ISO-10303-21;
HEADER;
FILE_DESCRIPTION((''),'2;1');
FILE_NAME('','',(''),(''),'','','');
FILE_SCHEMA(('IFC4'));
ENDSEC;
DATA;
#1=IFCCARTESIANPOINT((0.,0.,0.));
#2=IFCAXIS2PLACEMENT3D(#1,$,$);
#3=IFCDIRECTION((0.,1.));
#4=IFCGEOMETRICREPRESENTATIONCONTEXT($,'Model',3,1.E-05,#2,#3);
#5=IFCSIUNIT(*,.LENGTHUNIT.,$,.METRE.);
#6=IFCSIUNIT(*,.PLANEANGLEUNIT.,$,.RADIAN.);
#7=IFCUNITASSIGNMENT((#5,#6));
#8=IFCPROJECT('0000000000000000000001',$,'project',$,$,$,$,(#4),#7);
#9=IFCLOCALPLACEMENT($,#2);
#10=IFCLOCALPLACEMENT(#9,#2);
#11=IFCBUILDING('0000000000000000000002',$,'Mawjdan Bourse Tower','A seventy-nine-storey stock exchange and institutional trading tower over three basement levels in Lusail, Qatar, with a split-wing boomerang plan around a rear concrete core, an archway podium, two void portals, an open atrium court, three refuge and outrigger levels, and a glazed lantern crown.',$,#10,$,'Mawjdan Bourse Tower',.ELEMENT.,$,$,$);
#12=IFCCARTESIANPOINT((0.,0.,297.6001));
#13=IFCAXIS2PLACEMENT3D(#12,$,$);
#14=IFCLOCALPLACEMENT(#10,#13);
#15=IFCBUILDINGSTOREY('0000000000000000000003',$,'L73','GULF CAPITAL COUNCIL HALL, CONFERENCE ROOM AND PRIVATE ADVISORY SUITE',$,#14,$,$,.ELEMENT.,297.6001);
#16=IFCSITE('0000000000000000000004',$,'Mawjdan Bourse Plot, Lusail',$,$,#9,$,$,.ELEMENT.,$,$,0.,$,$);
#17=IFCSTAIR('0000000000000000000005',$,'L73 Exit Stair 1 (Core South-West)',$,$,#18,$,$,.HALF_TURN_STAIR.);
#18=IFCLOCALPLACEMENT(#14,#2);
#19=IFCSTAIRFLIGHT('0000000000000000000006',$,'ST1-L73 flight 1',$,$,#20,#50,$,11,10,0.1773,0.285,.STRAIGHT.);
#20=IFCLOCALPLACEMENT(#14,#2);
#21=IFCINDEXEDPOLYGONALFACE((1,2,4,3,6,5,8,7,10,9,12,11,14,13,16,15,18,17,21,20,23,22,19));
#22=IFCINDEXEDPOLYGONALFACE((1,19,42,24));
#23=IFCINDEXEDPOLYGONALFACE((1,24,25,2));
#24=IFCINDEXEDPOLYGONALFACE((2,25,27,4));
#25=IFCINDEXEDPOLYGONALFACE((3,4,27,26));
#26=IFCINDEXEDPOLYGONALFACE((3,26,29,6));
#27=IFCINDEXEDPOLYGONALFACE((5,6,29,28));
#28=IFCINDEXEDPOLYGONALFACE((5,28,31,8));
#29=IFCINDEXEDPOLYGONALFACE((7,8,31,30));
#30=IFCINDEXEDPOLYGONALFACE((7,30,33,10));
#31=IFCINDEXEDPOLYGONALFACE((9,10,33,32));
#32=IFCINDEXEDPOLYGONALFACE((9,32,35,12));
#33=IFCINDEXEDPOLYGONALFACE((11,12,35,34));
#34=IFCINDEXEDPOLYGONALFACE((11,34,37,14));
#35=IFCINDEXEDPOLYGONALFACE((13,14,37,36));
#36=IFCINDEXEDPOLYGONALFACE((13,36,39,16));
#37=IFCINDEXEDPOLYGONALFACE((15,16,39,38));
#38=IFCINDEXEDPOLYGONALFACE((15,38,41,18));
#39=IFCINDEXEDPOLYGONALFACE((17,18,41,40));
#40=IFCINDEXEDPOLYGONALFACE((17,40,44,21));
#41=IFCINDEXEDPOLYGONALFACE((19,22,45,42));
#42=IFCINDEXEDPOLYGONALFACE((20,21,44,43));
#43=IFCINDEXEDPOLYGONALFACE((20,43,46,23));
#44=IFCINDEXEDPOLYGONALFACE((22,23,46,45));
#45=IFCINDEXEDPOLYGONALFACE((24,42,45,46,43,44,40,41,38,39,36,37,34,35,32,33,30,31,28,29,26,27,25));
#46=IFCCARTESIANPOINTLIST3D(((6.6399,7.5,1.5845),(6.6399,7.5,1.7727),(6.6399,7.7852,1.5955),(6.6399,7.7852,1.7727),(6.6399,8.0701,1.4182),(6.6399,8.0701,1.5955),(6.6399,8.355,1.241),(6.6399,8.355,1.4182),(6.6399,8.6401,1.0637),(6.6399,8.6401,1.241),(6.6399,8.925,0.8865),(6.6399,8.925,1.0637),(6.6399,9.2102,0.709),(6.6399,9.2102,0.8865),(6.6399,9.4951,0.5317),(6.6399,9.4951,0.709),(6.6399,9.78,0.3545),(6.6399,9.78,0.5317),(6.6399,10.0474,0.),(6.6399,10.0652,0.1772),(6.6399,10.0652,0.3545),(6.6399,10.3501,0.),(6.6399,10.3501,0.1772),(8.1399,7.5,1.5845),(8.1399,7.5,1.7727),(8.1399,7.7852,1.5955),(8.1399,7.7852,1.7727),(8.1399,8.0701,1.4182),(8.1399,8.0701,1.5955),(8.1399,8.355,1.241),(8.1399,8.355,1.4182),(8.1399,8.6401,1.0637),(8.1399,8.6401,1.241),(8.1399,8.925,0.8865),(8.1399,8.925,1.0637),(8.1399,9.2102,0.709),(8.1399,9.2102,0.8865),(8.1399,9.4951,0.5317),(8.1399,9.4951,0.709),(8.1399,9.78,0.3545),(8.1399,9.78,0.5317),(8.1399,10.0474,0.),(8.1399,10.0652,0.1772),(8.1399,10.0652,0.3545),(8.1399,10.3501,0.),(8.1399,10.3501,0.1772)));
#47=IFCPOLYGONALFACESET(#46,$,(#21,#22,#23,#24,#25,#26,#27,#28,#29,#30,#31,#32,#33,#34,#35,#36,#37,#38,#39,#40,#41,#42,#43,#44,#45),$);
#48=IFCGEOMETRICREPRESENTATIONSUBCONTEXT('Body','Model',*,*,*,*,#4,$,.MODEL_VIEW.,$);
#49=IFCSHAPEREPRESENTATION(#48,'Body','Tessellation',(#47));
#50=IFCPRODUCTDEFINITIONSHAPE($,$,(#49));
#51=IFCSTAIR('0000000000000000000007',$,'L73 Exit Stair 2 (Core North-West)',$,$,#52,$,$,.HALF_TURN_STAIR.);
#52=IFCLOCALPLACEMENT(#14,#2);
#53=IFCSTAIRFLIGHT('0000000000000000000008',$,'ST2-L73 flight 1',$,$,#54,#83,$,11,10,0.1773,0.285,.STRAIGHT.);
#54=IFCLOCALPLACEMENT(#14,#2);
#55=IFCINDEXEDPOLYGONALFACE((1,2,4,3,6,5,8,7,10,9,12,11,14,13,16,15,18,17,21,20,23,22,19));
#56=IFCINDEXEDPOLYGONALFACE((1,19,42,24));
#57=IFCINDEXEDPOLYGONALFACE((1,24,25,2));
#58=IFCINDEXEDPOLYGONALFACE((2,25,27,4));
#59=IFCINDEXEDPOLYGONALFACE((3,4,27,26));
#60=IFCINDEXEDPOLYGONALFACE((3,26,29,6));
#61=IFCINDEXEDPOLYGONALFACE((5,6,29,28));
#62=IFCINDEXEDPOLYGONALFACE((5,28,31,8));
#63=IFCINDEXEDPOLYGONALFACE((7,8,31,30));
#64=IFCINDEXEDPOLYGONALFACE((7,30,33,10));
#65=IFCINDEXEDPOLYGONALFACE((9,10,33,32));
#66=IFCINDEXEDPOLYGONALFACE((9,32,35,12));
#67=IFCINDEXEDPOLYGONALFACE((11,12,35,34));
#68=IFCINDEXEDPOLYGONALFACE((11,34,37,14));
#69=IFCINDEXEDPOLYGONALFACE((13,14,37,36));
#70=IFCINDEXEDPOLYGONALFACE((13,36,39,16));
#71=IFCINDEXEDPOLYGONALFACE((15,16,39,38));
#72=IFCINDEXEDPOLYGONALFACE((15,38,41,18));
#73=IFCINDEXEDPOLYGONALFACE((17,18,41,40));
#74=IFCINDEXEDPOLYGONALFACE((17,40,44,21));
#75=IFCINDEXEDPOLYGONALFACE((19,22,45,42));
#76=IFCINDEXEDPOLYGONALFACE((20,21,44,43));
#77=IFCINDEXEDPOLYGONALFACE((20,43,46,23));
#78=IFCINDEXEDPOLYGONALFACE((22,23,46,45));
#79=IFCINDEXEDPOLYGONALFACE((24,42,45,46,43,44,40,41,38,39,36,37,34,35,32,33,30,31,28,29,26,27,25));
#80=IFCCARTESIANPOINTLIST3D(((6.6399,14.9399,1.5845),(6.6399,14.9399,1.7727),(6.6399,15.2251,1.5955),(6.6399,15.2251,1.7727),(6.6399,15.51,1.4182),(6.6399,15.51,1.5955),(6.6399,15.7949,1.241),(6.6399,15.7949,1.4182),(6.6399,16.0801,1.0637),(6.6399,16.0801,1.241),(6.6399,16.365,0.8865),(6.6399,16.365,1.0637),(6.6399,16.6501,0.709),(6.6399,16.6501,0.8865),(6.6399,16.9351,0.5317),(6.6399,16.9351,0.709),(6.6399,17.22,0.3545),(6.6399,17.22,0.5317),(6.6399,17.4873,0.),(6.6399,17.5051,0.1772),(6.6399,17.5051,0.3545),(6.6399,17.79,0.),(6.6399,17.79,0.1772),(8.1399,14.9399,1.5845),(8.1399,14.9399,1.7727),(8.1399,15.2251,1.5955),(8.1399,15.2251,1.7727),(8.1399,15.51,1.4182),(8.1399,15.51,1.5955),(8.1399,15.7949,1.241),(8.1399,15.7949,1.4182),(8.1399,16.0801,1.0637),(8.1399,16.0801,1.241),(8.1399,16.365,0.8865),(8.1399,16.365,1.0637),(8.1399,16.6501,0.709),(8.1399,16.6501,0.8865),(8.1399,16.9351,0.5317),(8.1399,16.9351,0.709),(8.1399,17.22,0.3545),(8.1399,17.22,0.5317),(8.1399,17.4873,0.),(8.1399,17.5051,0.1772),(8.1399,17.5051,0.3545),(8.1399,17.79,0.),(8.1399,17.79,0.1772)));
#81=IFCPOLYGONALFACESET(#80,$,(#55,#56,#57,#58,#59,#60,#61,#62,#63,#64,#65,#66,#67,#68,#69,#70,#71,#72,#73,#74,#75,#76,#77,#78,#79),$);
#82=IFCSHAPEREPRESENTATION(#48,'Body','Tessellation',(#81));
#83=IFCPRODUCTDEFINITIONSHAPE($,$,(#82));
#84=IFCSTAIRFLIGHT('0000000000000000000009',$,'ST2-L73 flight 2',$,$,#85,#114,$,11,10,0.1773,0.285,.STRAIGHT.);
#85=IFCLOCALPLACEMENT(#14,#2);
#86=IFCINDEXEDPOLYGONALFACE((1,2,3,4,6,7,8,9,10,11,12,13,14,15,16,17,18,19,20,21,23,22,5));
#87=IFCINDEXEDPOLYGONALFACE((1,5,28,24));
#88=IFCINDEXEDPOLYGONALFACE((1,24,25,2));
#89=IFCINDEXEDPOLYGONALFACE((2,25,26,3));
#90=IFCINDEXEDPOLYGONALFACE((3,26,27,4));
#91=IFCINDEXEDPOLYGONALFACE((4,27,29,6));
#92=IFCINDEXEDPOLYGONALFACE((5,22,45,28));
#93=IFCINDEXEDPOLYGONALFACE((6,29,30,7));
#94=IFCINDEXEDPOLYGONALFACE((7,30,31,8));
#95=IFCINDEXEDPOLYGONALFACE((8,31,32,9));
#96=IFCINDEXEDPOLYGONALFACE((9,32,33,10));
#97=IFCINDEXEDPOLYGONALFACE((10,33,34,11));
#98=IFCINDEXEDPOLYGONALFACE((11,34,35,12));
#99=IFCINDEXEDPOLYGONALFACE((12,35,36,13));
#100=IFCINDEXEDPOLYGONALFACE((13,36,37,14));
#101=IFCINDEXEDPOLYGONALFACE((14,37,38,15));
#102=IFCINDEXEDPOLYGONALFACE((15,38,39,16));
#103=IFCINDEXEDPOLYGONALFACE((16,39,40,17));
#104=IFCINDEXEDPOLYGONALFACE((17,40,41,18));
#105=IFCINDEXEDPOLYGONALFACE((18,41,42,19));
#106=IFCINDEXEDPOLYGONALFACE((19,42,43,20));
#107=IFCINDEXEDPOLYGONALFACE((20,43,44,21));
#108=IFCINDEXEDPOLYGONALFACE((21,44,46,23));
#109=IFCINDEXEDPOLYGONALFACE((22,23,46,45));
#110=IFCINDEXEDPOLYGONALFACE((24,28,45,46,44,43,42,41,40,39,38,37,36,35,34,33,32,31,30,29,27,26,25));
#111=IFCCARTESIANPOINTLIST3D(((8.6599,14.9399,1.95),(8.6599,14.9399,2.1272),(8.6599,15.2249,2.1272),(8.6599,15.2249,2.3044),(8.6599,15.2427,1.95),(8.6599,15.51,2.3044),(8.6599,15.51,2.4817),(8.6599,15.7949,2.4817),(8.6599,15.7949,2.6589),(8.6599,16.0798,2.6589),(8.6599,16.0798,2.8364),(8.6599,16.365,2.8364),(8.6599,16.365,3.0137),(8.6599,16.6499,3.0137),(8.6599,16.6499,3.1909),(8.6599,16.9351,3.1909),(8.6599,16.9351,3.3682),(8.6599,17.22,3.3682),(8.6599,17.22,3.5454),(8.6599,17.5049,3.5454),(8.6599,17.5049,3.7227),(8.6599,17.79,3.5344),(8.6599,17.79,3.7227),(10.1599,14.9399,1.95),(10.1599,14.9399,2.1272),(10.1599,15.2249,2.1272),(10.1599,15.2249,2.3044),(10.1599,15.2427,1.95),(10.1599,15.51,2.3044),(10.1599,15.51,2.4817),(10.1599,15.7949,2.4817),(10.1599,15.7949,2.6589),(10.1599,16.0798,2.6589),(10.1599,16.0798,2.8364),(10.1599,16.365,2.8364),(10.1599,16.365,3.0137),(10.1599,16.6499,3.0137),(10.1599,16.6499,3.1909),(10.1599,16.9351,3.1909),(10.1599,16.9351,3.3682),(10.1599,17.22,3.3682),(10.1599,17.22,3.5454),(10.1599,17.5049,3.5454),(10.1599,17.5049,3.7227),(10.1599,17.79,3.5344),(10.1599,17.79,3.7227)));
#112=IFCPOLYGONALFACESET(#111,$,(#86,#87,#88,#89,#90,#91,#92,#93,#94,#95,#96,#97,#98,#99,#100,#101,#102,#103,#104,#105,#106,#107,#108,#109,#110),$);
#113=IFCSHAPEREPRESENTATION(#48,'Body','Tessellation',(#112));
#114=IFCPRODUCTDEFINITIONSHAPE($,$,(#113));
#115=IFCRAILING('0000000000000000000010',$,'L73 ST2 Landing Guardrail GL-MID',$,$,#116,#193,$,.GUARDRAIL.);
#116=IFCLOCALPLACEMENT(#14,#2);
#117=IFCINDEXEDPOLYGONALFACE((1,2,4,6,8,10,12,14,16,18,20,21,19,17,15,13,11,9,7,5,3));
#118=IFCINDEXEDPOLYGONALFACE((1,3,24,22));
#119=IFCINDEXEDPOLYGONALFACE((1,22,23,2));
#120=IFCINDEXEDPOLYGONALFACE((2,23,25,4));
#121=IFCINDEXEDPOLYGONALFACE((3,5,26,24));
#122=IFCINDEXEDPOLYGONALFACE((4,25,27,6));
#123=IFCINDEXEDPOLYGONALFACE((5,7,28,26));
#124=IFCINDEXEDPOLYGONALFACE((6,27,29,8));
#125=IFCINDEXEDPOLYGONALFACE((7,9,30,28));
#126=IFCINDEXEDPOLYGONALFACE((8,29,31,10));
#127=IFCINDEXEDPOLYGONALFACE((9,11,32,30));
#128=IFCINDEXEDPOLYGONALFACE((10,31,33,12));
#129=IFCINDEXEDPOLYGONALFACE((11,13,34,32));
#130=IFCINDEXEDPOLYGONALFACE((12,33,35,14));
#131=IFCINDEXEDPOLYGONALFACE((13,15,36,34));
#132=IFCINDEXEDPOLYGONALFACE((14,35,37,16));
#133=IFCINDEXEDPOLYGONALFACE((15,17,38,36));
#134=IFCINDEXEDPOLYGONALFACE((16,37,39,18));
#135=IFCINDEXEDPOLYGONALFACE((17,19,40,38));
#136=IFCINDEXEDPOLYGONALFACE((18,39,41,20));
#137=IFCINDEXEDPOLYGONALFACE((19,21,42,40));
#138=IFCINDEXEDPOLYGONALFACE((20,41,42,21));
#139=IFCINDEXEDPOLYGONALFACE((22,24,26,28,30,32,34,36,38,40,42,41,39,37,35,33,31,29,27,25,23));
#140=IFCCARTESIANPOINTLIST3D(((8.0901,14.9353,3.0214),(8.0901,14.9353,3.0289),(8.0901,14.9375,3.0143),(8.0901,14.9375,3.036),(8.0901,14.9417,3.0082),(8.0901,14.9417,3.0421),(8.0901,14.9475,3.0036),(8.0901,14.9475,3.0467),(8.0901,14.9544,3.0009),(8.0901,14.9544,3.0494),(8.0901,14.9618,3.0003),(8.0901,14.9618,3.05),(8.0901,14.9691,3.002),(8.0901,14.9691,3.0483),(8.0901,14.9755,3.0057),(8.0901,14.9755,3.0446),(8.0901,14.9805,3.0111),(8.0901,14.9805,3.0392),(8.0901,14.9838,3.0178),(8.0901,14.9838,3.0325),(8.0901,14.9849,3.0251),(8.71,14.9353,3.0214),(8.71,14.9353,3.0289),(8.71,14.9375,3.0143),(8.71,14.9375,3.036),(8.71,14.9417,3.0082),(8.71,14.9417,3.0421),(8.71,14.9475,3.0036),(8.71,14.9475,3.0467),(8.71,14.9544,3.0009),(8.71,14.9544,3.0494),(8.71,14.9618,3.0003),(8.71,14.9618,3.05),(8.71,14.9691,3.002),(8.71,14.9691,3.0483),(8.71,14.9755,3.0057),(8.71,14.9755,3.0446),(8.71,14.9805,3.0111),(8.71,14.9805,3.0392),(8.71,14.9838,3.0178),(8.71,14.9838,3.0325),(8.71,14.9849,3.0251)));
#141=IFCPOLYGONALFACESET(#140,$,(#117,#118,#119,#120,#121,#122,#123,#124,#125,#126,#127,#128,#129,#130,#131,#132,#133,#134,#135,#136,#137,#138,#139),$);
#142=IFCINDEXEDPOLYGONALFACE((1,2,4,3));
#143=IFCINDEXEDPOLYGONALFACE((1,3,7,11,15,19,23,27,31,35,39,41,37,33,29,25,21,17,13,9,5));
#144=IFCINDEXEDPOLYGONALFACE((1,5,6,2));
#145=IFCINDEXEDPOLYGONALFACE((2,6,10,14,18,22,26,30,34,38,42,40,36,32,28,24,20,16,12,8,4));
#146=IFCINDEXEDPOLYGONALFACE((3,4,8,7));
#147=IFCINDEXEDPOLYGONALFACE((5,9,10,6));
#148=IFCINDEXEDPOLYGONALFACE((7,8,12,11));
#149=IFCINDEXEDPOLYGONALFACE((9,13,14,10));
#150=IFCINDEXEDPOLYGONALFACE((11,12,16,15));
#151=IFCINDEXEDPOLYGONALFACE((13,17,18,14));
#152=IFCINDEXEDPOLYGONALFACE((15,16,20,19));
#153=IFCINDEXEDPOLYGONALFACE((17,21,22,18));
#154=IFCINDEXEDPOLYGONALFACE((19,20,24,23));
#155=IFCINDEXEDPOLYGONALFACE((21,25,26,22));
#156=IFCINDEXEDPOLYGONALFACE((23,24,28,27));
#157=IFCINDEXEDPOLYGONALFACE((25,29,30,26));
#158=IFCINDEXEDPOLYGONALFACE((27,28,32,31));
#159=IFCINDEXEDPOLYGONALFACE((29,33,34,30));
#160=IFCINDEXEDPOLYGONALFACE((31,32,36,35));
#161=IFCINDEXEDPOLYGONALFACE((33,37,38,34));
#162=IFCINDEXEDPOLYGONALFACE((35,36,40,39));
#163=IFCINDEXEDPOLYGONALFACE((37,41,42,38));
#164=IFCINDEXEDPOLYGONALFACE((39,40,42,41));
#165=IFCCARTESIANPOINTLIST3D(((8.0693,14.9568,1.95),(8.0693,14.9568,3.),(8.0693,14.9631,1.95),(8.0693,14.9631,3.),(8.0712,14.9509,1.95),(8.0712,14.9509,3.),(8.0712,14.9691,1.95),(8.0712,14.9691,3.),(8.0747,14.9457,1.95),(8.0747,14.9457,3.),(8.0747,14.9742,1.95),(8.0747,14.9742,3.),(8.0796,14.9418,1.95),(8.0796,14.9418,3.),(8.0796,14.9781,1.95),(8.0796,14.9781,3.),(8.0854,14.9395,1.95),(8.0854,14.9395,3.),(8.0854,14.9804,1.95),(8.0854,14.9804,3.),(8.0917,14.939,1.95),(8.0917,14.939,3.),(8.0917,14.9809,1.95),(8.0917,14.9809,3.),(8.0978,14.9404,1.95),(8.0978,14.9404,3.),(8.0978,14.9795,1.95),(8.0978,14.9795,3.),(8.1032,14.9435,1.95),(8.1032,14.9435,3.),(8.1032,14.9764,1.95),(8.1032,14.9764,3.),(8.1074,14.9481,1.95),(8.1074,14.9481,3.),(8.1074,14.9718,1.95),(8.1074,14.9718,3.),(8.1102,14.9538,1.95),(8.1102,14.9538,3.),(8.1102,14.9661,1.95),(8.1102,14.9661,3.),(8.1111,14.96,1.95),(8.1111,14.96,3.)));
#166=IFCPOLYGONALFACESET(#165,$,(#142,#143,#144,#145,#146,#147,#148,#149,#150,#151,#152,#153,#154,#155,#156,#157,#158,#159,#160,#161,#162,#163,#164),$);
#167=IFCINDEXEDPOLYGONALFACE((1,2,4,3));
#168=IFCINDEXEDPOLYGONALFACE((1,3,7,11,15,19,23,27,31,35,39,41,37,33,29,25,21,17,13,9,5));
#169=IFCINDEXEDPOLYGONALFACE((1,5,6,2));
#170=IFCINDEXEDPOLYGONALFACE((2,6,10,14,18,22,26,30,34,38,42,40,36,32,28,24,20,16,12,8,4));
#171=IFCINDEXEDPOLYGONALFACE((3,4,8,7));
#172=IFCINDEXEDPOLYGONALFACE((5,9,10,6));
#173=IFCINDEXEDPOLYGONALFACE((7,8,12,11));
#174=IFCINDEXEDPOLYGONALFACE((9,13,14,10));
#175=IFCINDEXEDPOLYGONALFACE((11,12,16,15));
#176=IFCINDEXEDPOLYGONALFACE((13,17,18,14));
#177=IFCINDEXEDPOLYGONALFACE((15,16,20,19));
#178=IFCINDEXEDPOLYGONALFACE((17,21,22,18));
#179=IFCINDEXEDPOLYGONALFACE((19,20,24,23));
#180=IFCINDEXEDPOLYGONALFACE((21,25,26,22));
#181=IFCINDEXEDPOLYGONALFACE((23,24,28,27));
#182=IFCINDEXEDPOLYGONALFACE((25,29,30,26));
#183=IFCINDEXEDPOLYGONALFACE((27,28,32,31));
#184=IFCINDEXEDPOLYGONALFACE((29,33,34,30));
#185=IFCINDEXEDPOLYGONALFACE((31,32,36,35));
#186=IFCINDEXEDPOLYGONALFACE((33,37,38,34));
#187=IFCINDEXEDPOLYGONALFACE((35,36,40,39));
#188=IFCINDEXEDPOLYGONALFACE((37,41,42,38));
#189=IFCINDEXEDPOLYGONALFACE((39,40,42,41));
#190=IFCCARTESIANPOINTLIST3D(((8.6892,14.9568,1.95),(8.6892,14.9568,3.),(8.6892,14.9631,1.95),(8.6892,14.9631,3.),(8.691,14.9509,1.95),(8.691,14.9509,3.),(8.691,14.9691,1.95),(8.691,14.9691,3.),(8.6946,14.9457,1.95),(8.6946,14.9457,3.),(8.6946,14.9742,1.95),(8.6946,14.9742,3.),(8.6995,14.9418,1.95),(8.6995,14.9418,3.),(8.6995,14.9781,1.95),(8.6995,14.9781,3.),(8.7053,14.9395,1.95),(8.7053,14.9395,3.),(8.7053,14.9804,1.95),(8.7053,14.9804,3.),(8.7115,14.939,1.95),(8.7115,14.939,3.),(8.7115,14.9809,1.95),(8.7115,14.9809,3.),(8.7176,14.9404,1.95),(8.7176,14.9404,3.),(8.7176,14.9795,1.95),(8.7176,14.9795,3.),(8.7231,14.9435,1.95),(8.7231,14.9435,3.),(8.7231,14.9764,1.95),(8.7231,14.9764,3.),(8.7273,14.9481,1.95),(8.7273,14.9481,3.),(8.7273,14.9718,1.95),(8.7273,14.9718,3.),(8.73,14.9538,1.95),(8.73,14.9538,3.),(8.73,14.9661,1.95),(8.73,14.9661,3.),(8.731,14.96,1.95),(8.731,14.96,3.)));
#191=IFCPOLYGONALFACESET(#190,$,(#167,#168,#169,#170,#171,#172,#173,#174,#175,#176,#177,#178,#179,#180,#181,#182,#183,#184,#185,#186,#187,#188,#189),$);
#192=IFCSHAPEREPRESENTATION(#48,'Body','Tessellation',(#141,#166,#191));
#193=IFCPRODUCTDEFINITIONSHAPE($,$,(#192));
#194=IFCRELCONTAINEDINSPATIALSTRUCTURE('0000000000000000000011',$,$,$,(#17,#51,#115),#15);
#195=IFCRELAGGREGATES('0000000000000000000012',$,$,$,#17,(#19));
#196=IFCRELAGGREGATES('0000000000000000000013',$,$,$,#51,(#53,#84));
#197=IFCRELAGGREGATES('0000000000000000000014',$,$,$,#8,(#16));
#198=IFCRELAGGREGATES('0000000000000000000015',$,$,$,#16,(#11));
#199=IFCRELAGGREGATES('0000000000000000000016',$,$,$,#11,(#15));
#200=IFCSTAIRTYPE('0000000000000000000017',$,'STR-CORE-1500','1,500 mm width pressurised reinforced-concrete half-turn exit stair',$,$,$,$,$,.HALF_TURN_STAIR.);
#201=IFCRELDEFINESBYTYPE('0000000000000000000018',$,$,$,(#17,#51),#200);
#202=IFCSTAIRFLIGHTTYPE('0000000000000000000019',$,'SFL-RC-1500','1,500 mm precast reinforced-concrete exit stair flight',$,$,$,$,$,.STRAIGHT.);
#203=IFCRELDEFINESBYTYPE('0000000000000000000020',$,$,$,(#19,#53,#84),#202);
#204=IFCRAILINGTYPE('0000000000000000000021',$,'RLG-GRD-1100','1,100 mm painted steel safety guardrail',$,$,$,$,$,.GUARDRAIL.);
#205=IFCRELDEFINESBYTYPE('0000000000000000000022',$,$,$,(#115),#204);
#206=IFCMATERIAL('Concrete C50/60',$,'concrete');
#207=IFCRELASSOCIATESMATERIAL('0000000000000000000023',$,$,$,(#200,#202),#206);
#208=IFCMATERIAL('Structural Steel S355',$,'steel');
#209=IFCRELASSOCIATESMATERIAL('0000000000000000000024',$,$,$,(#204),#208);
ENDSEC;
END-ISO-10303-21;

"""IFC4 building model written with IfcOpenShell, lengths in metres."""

from ifc_helpers import new_model, si_unit, direction, frame, origin, origin_2d, place, context, subcontext, project, spatial, polyline, circle, outline, extrude, material, type_object, element, aggregate, save


model = new_model("IFC4")

# Units and contexts
model_context = context("Model", 3, precision=1e-05, world=origin(), true_north=direction((0.0, 1.0)))
body_context = subcontext(model_context, "Body", "Model", "MODEL_VIEW")
ifc_project = project(units=[si_unit("LENGTHUNIT", "METRE"), si_unit("PLANEANGLEUNIT", "RADIAN")], contexts=[model_context])

# Site, building, storey
site_placement = place(None, origin())
site = spatial("IfcSite", under=ifc_project, at=site_placement, Name="Mawjdan Bourse Plot, Lusail", CompositionType="ELEMENT", RefElevation=0.0)
building_placement = place(site_placement, origin())
building = spatial("IfcBuilding", under=site, at=building_placement, Name="Mawjdan Bourse Tower", Description="A seventy-nine-storey stock exchange and institutional trading tower over three basement levels in Lusail, Qatar, with a split-wing boomerang plan around a rear concrete core, an archway podium, two void portals, an open atrium court, three refuge and outrigger levels, and a glazed lantern crown.", LongName="Mawjdan Bourse Tower", CompositionType="ELEMENT")
storey_placement = place(building_placement, frame((0.0, 0.0, 297.6001)))
storey = spatial("IfcBuildingStorey", under=building, at=storey_placement, Name="L73", Description="GULF CAPITAL COUNCIL HALL, CONFERENCE ROOM AND PRIVATE ADVISORY SUITE", CompositionType="ELEMENT", Elevation=297.6001)

# Shared definitions
ifc_material_1 = material(Name="Concrete C50/60", Category="concrete")

# Stair, stair flight
stair_type = type_object("IfcStairType", Name="STR-CORE-1500", Description="1,500 mm width pressurised reinforced-concrete half-turn exit stair", PredefinedType="HALF_TURN_STAIR", material=ifc_material_1)
stair_1_placement = place(storey_placement, origin())
stair_1 = element("IfcStair", 1, at=stair_1_placement, inside=storey, type_object=stair_type, Name="L73 Exit Stair 1 (Core South-West)", PredefinedType="HALF_TURN_STAIR")
stair_flight_type = type_object("IfcStairFlightType", Name="SFL-RC-1500", Description="1,500 mm precast reinforced-concrete exit stair flight", PredefinedType="STRAIGHT", material=ifc_material_1)
stair_flight_1_placement = place(storey_placement, frame((7.3899, 10.3501, 0.0), z_axis=(0.0, 0.0, 1.0), x_axis=(0.0, -1.0, 0.0)))
stair_flight_1 = element("IfcStairFlight", 2, at=stair_flight_1_placement, type_object=stair_flight_type, Name="ST1-L73 flight 1", NumberOfRisers=11, NumberOfTreads=10, PredefinedType="STRAIGHT", RiserHeight=0.1773, TreadLength=0.285, context=body_context, shape_type="SweptSolid", body=[
    extrude(outline(polyline([(0.0, 0.0), (0.0, 0.1772), (0.2849, 0.1772), (0.2849, 0.3545), (0.5701, 0.3545), (0.5701, 0.5317), (0.855, 0.5317), (0.855, 0.709), (1.1399, 0.709), (1.1399, 0.8865), (1.425, 0.8865), (1.425, 1.0637), (1.71, 1.0637), (1.71, 1.241), (1.9951, 1.241), (1.9951, 1.4182), (2.28, 1.4182), (2.28, 1.5955), (2.5649, 1.5955), (2.5649, 1.7727), (2.8501, 1.7727), (2.8501, 1.95), (2.8501, 1.5845), (0.3027, 0.0), (0.0, 0.0)])), frame((0.0, 0.75, 0.0), z_axis=(0.0, -1.0, 0.0), x_axis=(1.0, 0.0, 0.0)), (0.0, 0.0, 1.0), 1.5),
])
aggregate(stair_1, [stair_flight_1])

# Stair, stair flights
stair_2_placement = place(storey_placement, origin())
stair_2 = element("IfcStair", 3, at=stair_2_placement, inside=storey, type_object=stair_type, Name="L73 Exit Stair 2 (Core North-West)", PredefinedType="HALF_TURN_STAIR")
stair_flight_2_placement = place(storey_placement, frame((7.3899, 17.79, 0.0), z_axis=(0.0, 0.0, 1.0), x_axis=(0.0, -1.0, 0.0)))
stair_flight_2 = element("IfcStairFlight", 4, at=stair_flight_2_placement, type_object=stair_flight_type, Name="ST2-L73 flight 1", NumberOfRisers=11, NumberOfTreads=10, PredefinedType="STRAIGHT", RiserHeight=0.1773, TreadLength=0.285, context=body_context, shape_type="SweptSolid", body=[
    extrude(outline(polyline([(0.0, 0.0), (0.0, 0.1772), (0.2849, 0.1772), (0.2849, 0.3545), (0.5701, 0.3545), (0.5701, 0.5317), (0.855, 0.5317), (0.855, 0.709), (1.1399, 0.709), (1.1399, 0.8865), (1.425, 0.8865), (1.425, 1.0637), (1.71, 1.0637), (1.71, 1.241), (1.9951, 1.241), (1.9951, 1.4182), (2.28, 1.4182), (2.28, 1.5955), (2.5649, 1.5955), (2.5649, 1.7727), (2.8501, 1.7727), (2.8501, 1.95), (2.8501, 1.5845), (0.3027, 0.0), (0.0, 0.0)])), frame((0.0, 0.75, 0.0), z_axis=(0.0, -1.0, 0.0), x_axis=(1.0, 0.0, 0.0)), (0.0, 0.0, 1.0), 1.5),
])
stair_flight_3_placement = place(storey_placement, frame((9.4099, 14.9399, 1.95), z_axis=(0.0, 0.0, 1.0), x_axis=(0.0, 1.0, 0.0)))
stair_flight_3 = element("IfcStairFlight", 5, at=stair_flight_3_placement, type_object=stair_flight_type, Name="ST2-L73 flight 2", NumberOfRisers=11, NumberOfTreads=10, PredefinedType="STRAIGHT", RiserHeight=0.1773, TreadLength=0.285, context=body_context, shape_type="SweptSolid", body=[
    extrude(outline(polyline([(0.0, 0.0), (0.0, 0.1772), (0.2849, 0.1772), (0.2849, 0.3545), (0.5701, 0.3545), (0.5701, 0.5317), (0.855, 0.5317), (0.855, 0.709), (1.1399, 0.709), (1.1399, 0.8865), (1.425, 0.8865), (1.425, 1.0637), (1.71, 1.0637), (1.71, 1.241), (1.9951, 1.241), (1.9951, 1.4182), (2.28, 1.4182), (2.28, 1.5955), (2.5649, 1.5955), (2.5649, 1.7727), (2.8501, 1.7727), (2.8501, 1.95), (2.8501, 1.5845), (0.3027, 0.0), (0.0, 0.0)])), frame((0.0, 0.75, 0.0), z_axis=(0.0, -1.0, 0.0), x_axis=(1.0, 0.0, 0.0)), (0.0, 0.0, 1.0), 1.5),
])
aggregate(stair_2, [stair_flight_2, stair_flight_3])

# Railing
ifc_material_2 = material(Name="Structural Steel S355", Category="steel")
railing_type_1 = type_object("IfcRailingType", Name="RLG-GRD-1100", Description="1,100 mm painted steel safety guardrail", PredefinedType="GUARDRAIL", material=ifc_material_2)
for number, where, name in (
    (6, (8.0901, 14.96, 1.95), "L73 ST2 Landing Guardrail GL-MID"),
):
    element("IfcRailing", number, at=place(storey_placement, frame(where)), inside=storey, type_object=railing_type_1, Name=name, PredefinedType="GUARDRAIL", context=body_context, shape_type="SweptSolid", body=[
        extrude(circle(Radius=0.0249, at=origin_2d()), frame((0.0, 0.0, 1.0752), z_axis=(1.0, 0.0, 0.0), x_axis=(0.0, 1.0, 0.0)), (0.0, 0.0, 1.0), 0.6199),
        extrude(circle(Radius=0.021, at=origin_2d()), origin(), (0.0, 0.0, 1.0), 1.05),
        extrude(circle(Radius=0.021, at=origin_2d()), frame((0.6199, 0.0, 0.0)), (0.0, 0.0, 1.0), 1.05),
    ])

save(model, "model.ifc")
